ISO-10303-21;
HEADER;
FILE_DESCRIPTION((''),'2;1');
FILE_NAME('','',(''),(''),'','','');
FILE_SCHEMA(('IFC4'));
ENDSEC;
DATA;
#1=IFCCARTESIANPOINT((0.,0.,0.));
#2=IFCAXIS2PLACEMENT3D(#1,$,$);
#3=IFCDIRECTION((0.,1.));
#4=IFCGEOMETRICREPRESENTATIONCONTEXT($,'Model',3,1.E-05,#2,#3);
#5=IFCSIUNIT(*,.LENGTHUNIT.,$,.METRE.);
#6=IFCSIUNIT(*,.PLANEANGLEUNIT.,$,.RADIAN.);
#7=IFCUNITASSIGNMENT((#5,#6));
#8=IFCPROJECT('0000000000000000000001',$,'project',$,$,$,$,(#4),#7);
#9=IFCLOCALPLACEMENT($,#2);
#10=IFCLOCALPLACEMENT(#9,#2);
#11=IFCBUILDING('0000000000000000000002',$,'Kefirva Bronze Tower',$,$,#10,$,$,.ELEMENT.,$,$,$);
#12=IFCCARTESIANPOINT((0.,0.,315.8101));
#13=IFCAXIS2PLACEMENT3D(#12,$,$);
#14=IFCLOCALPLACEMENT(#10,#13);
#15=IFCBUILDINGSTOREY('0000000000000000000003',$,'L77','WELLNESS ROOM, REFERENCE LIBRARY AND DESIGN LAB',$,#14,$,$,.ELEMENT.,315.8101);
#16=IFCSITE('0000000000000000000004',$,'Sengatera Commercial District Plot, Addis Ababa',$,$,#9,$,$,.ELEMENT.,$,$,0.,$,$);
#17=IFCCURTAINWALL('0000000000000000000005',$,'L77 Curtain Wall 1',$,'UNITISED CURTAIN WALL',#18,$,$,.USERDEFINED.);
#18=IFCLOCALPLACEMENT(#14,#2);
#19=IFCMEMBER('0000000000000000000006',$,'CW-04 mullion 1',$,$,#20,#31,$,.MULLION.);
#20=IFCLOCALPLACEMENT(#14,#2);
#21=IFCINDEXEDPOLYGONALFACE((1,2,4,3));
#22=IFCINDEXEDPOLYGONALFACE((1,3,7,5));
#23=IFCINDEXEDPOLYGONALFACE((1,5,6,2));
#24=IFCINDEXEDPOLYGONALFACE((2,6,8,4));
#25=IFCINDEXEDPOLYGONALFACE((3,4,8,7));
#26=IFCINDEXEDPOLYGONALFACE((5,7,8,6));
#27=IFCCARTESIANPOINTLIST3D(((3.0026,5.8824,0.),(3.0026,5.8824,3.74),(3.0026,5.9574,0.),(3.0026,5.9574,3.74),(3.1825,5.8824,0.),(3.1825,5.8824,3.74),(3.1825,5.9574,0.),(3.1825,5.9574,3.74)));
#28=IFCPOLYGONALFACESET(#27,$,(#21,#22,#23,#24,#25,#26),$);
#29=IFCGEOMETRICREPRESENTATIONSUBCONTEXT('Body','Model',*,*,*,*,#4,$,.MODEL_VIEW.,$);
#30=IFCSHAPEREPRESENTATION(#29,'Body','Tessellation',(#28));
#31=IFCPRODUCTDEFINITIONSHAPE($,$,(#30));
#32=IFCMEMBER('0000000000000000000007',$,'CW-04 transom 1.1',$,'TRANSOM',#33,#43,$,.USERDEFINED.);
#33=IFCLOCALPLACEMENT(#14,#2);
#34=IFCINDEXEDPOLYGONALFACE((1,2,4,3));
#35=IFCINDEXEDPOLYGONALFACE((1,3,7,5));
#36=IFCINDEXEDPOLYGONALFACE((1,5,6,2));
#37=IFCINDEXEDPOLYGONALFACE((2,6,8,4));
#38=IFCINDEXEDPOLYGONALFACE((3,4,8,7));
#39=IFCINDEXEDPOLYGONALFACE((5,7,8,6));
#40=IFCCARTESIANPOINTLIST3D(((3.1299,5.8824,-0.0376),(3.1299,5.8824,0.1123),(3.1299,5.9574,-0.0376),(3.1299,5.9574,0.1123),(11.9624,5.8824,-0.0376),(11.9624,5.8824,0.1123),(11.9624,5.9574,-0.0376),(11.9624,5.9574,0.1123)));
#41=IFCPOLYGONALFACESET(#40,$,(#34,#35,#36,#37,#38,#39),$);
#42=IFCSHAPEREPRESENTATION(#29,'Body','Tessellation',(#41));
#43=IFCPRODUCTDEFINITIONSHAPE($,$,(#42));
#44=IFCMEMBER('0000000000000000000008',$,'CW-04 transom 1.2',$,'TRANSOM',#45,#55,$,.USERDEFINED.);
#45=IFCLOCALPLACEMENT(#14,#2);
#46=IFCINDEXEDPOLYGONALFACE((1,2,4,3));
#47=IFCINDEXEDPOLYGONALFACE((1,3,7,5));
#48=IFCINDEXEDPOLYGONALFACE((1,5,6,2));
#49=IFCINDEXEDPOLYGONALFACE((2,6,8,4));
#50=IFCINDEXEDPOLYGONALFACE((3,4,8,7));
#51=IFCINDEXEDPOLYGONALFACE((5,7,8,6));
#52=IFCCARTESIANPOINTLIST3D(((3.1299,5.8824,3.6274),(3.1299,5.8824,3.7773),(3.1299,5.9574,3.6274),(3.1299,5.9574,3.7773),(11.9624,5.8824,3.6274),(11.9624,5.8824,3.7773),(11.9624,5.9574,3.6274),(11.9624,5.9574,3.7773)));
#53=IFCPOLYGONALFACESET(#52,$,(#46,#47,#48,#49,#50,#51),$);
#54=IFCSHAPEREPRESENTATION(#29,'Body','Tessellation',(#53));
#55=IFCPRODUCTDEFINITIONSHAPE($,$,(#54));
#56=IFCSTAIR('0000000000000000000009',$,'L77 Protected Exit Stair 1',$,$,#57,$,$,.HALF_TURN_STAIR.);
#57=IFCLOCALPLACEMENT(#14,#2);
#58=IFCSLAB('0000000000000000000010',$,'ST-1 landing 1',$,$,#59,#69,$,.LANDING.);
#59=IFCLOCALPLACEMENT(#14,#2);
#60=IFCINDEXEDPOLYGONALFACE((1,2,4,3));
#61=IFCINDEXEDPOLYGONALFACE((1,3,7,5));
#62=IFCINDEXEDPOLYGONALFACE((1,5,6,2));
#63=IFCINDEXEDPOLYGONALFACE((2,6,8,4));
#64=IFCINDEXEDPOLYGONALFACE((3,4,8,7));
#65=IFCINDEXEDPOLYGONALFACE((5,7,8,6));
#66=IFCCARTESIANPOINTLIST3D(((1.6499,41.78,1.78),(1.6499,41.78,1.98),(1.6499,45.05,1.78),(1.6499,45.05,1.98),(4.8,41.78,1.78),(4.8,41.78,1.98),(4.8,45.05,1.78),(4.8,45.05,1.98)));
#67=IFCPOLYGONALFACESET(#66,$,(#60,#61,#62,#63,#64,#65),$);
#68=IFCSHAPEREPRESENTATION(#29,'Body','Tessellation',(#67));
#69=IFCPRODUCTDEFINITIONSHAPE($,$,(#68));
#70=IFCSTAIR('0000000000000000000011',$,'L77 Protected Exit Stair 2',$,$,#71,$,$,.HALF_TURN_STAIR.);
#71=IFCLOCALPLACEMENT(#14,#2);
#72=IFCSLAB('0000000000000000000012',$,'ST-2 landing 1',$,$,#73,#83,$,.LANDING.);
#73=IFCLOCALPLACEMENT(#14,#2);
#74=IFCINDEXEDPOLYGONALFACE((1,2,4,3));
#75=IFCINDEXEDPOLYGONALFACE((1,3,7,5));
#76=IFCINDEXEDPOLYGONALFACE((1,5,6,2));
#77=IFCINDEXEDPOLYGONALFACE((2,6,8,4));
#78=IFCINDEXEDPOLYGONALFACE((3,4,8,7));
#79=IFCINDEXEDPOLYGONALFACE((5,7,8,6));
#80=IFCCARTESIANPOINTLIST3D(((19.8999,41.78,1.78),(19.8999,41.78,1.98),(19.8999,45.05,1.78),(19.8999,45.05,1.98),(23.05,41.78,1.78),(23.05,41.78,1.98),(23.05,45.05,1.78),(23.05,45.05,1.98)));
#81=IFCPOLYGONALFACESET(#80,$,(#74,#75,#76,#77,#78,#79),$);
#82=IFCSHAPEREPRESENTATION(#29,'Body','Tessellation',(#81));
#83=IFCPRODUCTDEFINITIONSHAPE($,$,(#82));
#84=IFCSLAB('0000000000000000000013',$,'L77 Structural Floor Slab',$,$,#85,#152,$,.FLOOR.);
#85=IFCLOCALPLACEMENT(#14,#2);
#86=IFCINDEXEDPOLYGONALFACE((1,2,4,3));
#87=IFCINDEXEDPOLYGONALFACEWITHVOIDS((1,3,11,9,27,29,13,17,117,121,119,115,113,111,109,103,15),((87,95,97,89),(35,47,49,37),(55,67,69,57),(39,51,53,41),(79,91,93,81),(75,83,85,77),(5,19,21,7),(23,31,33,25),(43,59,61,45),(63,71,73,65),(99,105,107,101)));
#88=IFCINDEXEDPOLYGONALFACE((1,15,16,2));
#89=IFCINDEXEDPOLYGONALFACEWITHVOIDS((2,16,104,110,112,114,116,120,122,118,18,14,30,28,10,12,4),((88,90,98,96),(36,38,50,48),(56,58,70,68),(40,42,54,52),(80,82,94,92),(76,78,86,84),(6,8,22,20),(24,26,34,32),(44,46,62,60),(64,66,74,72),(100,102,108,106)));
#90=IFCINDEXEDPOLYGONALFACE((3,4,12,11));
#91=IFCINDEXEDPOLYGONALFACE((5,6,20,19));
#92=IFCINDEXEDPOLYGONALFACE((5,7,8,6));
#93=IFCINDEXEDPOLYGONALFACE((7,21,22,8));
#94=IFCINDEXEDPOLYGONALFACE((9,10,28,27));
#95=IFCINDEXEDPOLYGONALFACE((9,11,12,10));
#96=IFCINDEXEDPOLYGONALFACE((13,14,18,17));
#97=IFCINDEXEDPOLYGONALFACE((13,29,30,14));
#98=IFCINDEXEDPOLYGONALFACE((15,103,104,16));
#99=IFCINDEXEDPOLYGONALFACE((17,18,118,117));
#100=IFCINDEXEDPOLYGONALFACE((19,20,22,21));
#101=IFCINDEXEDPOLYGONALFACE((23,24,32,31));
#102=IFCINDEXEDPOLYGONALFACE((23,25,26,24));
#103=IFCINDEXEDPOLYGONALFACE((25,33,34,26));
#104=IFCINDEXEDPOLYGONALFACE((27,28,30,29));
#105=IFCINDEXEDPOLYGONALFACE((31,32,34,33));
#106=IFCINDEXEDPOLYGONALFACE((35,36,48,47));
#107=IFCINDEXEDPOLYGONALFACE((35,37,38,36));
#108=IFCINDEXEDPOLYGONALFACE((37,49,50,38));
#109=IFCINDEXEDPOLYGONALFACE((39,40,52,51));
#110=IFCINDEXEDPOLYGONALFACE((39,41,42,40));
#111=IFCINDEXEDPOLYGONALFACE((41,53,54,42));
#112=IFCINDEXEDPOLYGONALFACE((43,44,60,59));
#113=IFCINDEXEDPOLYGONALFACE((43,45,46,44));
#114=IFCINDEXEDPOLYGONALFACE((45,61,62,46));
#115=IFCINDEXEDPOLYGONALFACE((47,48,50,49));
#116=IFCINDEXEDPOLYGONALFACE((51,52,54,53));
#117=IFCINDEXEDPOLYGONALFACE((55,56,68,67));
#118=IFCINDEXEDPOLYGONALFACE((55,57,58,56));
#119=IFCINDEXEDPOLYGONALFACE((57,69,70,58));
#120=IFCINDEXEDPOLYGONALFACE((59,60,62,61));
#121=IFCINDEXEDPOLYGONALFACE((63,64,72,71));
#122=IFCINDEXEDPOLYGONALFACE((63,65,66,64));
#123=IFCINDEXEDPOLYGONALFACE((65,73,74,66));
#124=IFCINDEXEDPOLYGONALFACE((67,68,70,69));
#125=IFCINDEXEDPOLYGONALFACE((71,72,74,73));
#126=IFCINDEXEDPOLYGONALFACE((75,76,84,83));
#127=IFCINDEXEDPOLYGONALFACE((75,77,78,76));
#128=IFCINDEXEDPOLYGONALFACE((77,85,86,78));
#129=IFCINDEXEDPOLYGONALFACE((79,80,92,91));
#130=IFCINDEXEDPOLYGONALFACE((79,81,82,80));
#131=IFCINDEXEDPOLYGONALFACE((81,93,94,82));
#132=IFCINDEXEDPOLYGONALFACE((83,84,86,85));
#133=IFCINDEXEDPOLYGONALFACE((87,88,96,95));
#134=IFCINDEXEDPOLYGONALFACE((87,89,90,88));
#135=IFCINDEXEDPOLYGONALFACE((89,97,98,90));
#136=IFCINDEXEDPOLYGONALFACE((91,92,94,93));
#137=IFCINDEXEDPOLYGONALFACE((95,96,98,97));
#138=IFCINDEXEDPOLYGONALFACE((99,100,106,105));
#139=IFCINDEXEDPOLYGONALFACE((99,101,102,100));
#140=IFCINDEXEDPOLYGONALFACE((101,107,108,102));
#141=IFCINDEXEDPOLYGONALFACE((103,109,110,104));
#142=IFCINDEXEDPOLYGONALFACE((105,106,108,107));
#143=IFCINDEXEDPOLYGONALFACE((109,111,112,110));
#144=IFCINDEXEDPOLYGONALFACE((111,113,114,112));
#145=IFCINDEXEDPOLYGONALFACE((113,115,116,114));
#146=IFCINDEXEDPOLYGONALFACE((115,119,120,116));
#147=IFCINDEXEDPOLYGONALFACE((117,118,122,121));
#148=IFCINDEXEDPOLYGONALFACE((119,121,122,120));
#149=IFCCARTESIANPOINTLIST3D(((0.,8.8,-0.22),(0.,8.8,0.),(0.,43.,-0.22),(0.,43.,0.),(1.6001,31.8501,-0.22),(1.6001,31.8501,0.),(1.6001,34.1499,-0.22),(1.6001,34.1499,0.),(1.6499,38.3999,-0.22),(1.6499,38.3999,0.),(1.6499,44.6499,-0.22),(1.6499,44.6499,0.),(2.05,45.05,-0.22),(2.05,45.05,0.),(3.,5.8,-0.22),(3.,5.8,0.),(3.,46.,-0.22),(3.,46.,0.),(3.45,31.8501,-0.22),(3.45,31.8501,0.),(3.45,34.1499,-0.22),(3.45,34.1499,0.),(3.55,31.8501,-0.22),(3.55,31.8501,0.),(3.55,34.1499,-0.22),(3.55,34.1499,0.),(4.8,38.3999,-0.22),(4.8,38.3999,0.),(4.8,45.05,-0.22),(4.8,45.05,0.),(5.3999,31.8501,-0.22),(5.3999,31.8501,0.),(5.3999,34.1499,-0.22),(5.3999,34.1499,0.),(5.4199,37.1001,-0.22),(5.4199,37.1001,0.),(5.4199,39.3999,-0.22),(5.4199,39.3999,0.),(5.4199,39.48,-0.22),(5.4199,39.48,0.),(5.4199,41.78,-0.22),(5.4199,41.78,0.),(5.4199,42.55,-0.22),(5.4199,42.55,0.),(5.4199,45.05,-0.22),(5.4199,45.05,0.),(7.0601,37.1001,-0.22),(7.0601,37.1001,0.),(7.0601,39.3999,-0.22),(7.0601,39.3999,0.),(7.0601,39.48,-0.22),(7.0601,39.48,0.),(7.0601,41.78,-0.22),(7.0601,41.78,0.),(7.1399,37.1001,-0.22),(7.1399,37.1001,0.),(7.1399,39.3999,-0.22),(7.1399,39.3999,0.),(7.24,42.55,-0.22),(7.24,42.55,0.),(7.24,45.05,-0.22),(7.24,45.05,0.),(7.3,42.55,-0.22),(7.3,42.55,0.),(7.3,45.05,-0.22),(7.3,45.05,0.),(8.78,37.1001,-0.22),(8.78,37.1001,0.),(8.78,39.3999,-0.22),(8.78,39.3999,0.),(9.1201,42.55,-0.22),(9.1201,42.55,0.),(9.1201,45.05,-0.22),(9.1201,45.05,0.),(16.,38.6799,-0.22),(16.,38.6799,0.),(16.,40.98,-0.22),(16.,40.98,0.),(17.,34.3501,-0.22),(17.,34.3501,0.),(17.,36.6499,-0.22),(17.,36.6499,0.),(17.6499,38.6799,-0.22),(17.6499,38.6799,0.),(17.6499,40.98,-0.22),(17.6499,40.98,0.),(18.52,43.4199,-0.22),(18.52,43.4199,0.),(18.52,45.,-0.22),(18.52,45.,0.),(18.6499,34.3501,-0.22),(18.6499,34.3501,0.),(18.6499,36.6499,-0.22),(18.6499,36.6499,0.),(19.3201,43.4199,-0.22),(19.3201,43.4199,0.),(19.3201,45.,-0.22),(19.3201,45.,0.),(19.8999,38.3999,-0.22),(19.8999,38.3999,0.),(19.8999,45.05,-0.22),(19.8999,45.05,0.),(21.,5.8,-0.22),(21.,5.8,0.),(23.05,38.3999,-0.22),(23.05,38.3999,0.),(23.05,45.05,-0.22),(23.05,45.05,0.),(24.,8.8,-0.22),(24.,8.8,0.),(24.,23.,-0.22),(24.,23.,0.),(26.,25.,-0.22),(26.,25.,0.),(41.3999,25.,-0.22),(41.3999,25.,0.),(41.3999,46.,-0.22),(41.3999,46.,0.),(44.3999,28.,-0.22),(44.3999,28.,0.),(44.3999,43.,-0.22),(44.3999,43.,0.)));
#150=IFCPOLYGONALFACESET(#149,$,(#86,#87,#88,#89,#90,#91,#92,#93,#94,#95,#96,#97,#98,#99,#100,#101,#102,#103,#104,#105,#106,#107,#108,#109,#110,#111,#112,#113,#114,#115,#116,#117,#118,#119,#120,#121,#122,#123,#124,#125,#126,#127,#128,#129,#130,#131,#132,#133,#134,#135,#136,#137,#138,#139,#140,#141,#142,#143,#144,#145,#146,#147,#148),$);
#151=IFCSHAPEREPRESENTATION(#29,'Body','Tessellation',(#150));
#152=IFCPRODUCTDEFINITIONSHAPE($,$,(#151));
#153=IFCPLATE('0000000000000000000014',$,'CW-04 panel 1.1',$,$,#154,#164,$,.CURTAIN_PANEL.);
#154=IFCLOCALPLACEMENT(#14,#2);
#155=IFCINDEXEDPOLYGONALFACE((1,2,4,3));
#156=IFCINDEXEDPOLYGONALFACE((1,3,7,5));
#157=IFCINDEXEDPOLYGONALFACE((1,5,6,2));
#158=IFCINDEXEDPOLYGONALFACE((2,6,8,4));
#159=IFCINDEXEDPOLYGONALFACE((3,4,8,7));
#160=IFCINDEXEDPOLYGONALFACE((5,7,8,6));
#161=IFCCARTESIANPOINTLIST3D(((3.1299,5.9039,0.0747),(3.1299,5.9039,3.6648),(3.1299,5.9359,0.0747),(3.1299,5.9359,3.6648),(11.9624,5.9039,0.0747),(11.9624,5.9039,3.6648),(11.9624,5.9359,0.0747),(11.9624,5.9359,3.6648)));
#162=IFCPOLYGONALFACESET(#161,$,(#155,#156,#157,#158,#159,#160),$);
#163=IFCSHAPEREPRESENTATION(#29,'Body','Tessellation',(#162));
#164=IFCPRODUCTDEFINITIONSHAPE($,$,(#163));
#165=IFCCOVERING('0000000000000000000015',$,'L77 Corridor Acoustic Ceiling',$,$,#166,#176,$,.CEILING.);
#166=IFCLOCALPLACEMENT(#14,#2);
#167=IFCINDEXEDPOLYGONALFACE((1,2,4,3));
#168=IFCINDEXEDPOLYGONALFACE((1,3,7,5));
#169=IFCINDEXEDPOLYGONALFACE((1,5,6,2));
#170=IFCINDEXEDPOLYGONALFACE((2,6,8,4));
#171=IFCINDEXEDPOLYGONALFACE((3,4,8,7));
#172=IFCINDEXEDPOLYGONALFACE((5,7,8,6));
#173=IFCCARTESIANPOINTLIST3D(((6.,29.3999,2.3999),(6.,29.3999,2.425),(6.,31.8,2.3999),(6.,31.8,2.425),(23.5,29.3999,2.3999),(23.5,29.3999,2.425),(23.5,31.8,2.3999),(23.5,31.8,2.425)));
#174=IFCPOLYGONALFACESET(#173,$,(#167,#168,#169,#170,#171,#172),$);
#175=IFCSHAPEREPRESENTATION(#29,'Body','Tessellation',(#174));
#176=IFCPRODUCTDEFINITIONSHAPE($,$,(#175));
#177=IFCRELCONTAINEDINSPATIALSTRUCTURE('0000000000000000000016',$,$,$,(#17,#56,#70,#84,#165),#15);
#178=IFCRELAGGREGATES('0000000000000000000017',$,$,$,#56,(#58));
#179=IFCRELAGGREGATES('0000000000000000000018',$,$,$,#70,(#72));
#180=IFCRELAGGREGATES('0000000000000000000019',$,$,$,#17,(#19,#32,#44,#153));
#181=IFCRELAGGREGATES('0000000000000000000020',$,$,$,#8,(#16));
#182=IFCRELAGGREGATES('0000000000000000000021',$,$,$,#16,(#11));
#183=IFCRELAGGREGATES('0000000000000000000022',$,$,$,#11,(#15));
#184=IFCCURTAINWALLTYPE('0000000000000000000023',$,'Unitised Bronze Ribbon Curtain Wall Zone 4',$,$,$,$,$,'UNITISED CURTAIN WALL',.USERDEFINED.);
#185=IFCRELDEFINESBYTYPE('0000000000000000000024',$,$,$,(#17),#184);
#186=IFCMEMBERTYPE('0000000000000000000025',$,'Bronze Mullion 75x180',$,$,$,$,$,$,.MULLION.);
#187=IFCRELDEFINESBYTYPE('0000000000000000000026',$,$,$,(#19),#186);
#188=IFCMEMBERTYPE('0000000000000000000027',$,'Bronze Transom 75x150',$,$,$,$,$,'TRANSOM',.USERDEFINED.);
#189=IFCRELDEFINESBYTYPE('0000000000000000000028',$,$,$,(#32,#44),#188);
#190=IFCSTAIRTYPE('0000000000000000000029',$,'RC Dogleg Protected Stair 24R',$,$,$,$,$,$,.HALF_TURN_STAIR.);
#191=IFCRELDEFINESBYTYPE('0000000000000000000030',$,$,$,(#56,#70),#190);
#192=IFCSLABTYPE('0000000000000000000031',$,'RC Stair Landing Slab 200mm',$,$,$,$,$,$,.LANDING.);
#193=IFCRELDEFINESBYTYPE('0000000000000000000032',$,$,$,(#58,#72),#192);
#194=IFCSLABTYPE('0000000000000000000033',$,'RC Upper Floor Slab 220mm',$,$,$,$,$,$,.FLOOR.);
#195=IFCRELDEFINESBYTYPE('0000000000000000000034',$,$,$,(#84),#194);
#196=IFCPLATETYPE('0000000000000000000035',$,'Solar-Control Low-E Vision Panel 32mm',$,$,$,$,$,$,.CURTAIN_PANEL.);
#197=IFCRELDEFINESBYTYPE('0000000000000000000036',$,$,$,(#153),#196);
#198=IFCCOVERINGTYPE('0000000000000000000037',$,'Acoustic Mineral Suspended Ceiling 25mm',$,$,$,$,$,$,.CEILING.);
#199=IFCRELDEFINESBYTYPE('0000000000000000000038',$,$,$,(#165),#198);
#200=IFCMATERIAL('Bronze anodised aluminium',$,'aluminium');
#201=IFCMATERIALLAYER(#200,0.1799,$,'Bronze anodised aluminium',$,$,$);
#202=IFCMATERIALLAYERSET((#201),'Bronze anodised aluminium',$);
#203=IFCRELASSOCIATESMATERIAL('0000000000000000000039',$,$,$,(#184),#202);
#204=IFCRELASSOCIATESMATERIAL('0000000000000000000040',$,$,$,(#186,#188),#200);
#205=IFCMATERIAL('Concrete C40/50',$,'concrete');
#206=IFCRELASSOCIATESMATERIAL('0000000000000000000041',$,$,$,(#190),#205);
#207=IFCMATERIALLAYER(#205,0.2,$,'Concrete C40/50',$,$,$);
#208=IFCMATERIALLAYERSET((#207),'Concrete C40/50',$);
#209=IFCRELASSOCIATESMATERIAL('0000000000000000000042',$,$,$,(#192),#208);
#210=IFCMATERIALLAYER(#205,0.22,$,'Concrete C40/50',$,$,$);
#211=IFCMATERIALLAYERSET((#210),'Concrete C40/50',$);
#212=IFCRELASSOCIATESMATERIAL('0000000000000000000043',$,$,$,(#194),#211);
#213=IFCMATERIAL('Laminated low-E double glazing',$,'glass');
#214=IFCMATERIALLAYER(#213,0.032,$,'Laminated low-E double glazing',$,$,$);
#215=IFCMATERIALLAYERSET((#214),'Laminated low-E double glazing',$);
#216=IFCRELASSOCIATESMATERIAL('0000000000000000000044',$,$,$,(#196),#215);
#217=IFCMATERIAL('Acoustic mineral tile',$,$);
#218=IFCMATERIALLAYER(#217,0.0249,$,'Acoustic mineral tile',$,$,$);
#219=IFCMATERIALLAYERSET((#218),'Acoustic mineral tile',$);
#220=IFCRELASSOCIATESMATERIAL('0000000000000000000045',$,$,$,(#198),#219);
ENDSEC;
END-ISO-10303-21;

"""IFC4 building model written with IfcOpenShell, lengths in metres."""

from ifc_helpers import new_model, si_unit, direction, frame, origin, origin_2d, place, context, subcontext, project, spatial, polyline, rectangle, outline, extrude, material, layer, layer_set, material_profile, profile_set, type_object, element, aggregate, save


model = new_model("IFC4")

# Units and contexts
model_context = context("Model", 3, precision=1e-05, world=origin(), true_north=direction((0.0, 1.0)))
body_context = subcontext(model_context, "Body", "Model", "MODEL_VIEW")
ifc_project = project(units=[si_unit("LENGTHUNIT", "METRE"), si_unit("PLANEANGLEUNIT", "RADIAN")], contexts=[model_context])

# Site, building, storey
site_placement = place(None, origin())
site = spatial("IfcSite", under=ifc_project, at=site_placement, Name="Sengatera Commercial District Plot, Addis Ababa", CompositionType="ELEMENT", RefElevation=0.0)
building_placement = place(site_placement, origin())
building = spatial("IfcBuilding", under=site, at=building_placement, Name="Kefirva Bronze Tower", CompositionType="ELEMENT")
storey_placement = place(building_placement, frame((0.0, 0.0, 315.8101)))
storey = spatial("IfcBuildingStorey", under=building, at=storey_placement, Name="L77", Description="WELLNESS ROOM, REFERENCE LIBRARY AND DESIGN LAB", CompositionType="ELEMENT", Elevation=315.8101)

# Curtain wall, members
ifc_material_1 = material(Name="Bronze anodised aluminium", Category="aluminium")
ifc_layer_1 = layer(ifc_material_1, 0.1799, Name="Bronze anodised aluminium")
ifc_layer_set_1 = layer_set([ifc_layer_1], Name="Bronze anodised aluminium")
curtain_wall_type = type_object("IfcCurtainWallType", Name="Unitised Bronze Ribbon Curtain Wall Zone 4", ElementType="UNITISED CURTAIN WALL", PredefinedType="USERDEFINED", material=ifc_layer_set_1)
curtain_wall_placement = place(storey_placement, origin())
curtain_wall = element("IfcCurtainWall", 1, at=curtain_wall_placement, inside=storey, type_object=curtain_wall_type, Name="L77 Curtain Wall 1", ObjectType="UNITISED CURTAIN WALL", PredefinedType="USERDEFINED")
ifc_material_profile_1 = material_profile(ifc_material_1, rectangle(XDim=0.075, YDim=0.1799, at=origin_2d()), Name="ALU 75x180")
ifc_profile_set_1 = profile_set([ifc_material_profile_1], Name="Bronze anodised aluminium")
member_type_1 = type_object("IfcMemberType", Name="Bronze Mullion 75x180", PredefinedType="MULLION", material=ifc_profile_set_1)
member_1_placement = place(storey_placement, frame((3.0925, 5.9199, 0.0), z_axis=(0.0, 0.0, 1.0), x_axis=(0.0, 1.0, 0.0)))
member_1 = element("IfcMember", 2, at=member_1_placement, type_object=member_type_1, Name="CW-04 mullion 1", PredefinedType="MULLION", context=body_context, shape_type="SweptSolid", body=[
    extrude(rectangle(XDim=0.075, YDim=0.1799, at=origin_2d()), origin(), (0.0, 0.0, 1.0), 3.74),
])
ifc_material_profile_2 = material_profile(ifc_material_1, rectangle(XDim=0.075, YDim=0.1499, at=origin_2d()), Name="ALU 75x150")
ifc_profile_set_2 = profile_set([ifc_material_profile_2], Name="Bronze anodised aluminium")
member_type_2 = type_object("IfcMemberType", Name="Bronze Transom 75x150", ElementType="TRANSOM", PredefinedType="USERDEFINED", material=ifc_profile_set_2)
member_2_placement = place(storey_placement, frame((3.1299, 5.9199, 0.0374), z_axis=(1.0, 0.0, 0.0), x_axis=(0.0, 1.0, 0.0)))
member_2 = element("IfcMember", 3, at=member_2_placement, type_object=member_type_2, Name="CW-04 transom 1.1", ObjectType="TRANSOM", PredefinedType="USERDEFINED", context=body_context, shape_type="SweptSolid", body=[
    extrude(rectangle(XDim=0.075, YDim=0.1499, at=origin_2d()), origin(), (0.0, 0.0, 1.0), 8.8325),
])
member_3_placement = place(storey_placement, frame((3.1299, 5.9199, 3.7024), z_axis=(1.0, 0.0, 0.0), x_axis=(0.0, 1.0, 0.0)))
member_3 = element("IfcMember", 4, at=member_3_placement, type_object=member_type_2, Name="CW-04 transom 1.2", ObjectType="TRANSOM", PredefinedType="USERDEFINED", context=body_context, shape_type="SweptSolid", body=[
    extrude(rectangle(XDim=0.075, YDim=0.1499, at=origin_2d()), origin(), (0.0, 0.0, 1.0), 8.8325),
])

# Stairs, slabs
ifc_material_2 = material(Name="Concrete C40/50", Category="concrete")
stair_type = type_object("IfcStairType", Name="RC Dogleg Protected Stair 24R", PredefinedType="HALF_TURN_STAIR", material=ifc_material_2)
stair_1_placement = place(storey_placement, origin())
stair_1 = element("IfcStair", 5, at=stair_1_placement, inside=storey, type_object=stair_type, Name="L77 Protected Exit Stair 1", PredefinedType="HALF_TURN_STAIR")
ifc_layer_2 = layer(ifc_material_2, 0.2, Name="Concrete C40/50")
ifc_layer_set_2 = layer_set([ifc_layer_2], Name="Concrete C40/50")
slab_type_1 = type_object("IfcSlabType", Name="RC Stair Landing Slab 200mm", PredefinedType="LANDING", material=ifc_layer_set_2)
slab_1_placement = place(storey_placement, frame((0.0, 0.0, 1.78)))
slab_1 = element("IfcSlab", 6, at=slab_1_placement, type_object=slab_type_1, Name="ST-1 landing 1", PredefinedType="LANDING", context=body_context, shape_type="SweptSolid", body=[
    extrude(outline(polyline([(4.8, 41.78), (4.8, 45.05), (1.6499, 45.05), (1.6499, 41.78), (4.8, 41.78)])), origin(), (0.0, 0.0, 1.0), 0.2),
])
aggregate(stair_1, [slab_1])
stair_2_placement = place(storey_placement, origin())
stair_2 = element("IfcStair", 7, at=stair_2_placement, inside=storey, type_object=stair_type, Name="L77 Protected Exit Stair 2", PredefinedType="HALF_TURN_STAIR")
slab_2_placement = place(storey_placement, frame((0.0, 0.0, 1.78)))
slab_2 = element("IfcSlab", 8, at=slab_2_placement, type_object=slab_type_1, Name="ST-2 landing 1", PredefinedType="LANDING", context=body_context, shape_type="SweptSolid", body=[
    extrude(outline(polyline([(23.05, 41.78), (23.05, 45.05), (19.8999, 45.05), (19.8999, 41.78), (23.05, 41.78)])), origin(), (0.0, 0.0, 1.0), 0.2),
])
aggregate(stair_2, [slab_2])

# Slab
ifc_layer_3 = layer(ifc_material_2, 0.22, Name="Concrete C40/50")
ifc_layer_set_3 = layer_set([ifc_layer_3], Name="Concrete C40/50")
slab_type_2 = type_object("IfcSlabType", Name="RC Upper Floor Slab 220mm", PredefinedType="FLOOR", material=ifc_layer_set_3)
slab_3_placement = place(storey_placement, frame((0.0, 0.0, -0.22)))
element("IfcSlab", 9, at=slab_3_placement, inside=storey, type_object=slab_type_2, Name="L77 Structural Floor Slab", PredefinedType="FLOOR", context=body_context, shape_type="SweptSolid", body=[
    extrude(outline(polyline([(0.0, 8.8), (0.0, 43.0), (1.6499, 44.6499), (1.6499, 38.3999), (4.8, 38.3999), (4.8, 45.05), (2.05, 45.05), (3.0, 46.0), (41.3999, 46.0), (44.3999, 43.0), (44.3999, 28.0), (41.3999, 25.0), (26.0, 25.0), (24.0, 23.0), (24.0, 8.8), (21.0, 5.8), (3.0, 5.8), (0.0, 8.8)]), holes=[polyline([(23.05, 45.05), (19.8999, 45.05), (19.8999, 38.3999), (23.05, 38.3999), (23.05, 45.05)]), polyline([(19.3201, 43.4199), (19.3201, 45.0), (18.52, 45.0), (18.52, 43.4199), (19.3201, 43.4199)]), polyline([(18.6499, 36.6499), (17.0, 36.6499), (17.0, 34.3501), (18.6499, 34.3501), (18.6499, 36.6499)]), polyline([(17.6499, 38.6799), (17.6499, 40.98), (16.0, 40.98), (16.0, 38.6799), (17.6499, 38.6799)]), polyline([(9.1201, 42.55), (9.1201, 45.05), (7.3, 45.05), (7.3, 42.55), (9.1201, 42.55)]), polyline([(8.78, 37.1001), (8.78, 39.3999), (7.1399, 39.3999), (7.1399, 37.1001), (8.78, 37.1001)]), polyline([(7.24, 42.55), (7.24, 45.05), (5.4199, 45.05), (5.4199, 42.55), (7.24, 42.55)]), polyline([(7.0601, 37.1001), (7.0601, 39.3999), (5.4199, 39.3999), (5.4199, 37.1001), (7.0601, 37.1001)]), polyline([(7.0601, 41.78), (5.4199, 41.78), (5.4199, 39.48), (7.0601, 39.48), (7.0601, 41.78)]), polyline([(5.3999, 31.8501), (5.3999, 34.1499), (3.55, 34.1499), (3.55, 31.8501), (5.3999, 31.8501)]), polyline([(3.45, 34.1499), (1.6001, 34.1499), (1.6001, 31.8501), (3.45, 31.8501), (3.45, 34.1499)])]), origin(), (0.0, 0.0, 1.0), 0.22),
])

# Plate
ifc_material_3 = material(Name="Laminated low-E double glazing", Category="glass")
ifc_layer_4 = layer(ifc_material_3, 0.032, Name="Laminated low-E double glazing")
ifc_layer_set_4 = layer_set([ifc_layer_4], Name="Laminated low-E double glazing")
plate_type = type_object("IfcPlateType", Name="Solar-Control Low-E Vision Panel 32mm", PredefinedType="CURTAIN_PANEL", material=ifc_layer_set_4)
plate_placement = place(storey_placement, frame((7.5461, 5.9199, 0.0747), z_axis=(0.0, 0.0, 1.0), x_axis=(1.0, 0.0, 0.0)))
plate = element("IfcPlate", 10, at=plate_placement, type_object=plate_type, Name="CW-04 panel 1.1", PredefinedType="CURTAIN_PANEL", context=body_context, shape_type="SweptSolid", body=[
    extrude(rectangle(XDim=8.8325, YDim=0.032, at=origin_2d()), origin(), (0.0, 0.0, 1.0), 3.5901),
])
aggregate(curtain_wall, [member_1, member_2, member_3, plate])

# Covering
ifc_material_4 = material(Name="Acoustic mineral tile")
ifc_layer_5 = layer(ifc_material_4, 0.0249, Name="Acoustic mineral tile")
ifc_layer_set_5 = layer_set([ifc_layer_5], Name="Acoustic mineral tile")
covering_type_1 = type_object("IfcCoveringType", Name="Acoustic Mineral Suspended Ceiling 25mm", PredefinedType="CEILING", material=ifc_layer_set_5)
covering_1_placement = place(storey_placement, frame((0.0, 0.0, 2.3999)))
element("IfcCovering", 11, at=covering_1_placement, inside=storey, type_object=covering_type_1, Name="L77 Corridor Acoustic Ceiling", PredefinedType="CEILING", context=body_context, shape_type="SweptSolid", body=[
    extrude(outline(polyline([(6.0, 29.3999), (23.5, 29.3999), (23.5, 31.8), (6.0, 31.8), (6.0, 29.3999)])), origin(), (0.0, 0.0, 1.0), 0.0251),
])

save(model, "model.ifc")
